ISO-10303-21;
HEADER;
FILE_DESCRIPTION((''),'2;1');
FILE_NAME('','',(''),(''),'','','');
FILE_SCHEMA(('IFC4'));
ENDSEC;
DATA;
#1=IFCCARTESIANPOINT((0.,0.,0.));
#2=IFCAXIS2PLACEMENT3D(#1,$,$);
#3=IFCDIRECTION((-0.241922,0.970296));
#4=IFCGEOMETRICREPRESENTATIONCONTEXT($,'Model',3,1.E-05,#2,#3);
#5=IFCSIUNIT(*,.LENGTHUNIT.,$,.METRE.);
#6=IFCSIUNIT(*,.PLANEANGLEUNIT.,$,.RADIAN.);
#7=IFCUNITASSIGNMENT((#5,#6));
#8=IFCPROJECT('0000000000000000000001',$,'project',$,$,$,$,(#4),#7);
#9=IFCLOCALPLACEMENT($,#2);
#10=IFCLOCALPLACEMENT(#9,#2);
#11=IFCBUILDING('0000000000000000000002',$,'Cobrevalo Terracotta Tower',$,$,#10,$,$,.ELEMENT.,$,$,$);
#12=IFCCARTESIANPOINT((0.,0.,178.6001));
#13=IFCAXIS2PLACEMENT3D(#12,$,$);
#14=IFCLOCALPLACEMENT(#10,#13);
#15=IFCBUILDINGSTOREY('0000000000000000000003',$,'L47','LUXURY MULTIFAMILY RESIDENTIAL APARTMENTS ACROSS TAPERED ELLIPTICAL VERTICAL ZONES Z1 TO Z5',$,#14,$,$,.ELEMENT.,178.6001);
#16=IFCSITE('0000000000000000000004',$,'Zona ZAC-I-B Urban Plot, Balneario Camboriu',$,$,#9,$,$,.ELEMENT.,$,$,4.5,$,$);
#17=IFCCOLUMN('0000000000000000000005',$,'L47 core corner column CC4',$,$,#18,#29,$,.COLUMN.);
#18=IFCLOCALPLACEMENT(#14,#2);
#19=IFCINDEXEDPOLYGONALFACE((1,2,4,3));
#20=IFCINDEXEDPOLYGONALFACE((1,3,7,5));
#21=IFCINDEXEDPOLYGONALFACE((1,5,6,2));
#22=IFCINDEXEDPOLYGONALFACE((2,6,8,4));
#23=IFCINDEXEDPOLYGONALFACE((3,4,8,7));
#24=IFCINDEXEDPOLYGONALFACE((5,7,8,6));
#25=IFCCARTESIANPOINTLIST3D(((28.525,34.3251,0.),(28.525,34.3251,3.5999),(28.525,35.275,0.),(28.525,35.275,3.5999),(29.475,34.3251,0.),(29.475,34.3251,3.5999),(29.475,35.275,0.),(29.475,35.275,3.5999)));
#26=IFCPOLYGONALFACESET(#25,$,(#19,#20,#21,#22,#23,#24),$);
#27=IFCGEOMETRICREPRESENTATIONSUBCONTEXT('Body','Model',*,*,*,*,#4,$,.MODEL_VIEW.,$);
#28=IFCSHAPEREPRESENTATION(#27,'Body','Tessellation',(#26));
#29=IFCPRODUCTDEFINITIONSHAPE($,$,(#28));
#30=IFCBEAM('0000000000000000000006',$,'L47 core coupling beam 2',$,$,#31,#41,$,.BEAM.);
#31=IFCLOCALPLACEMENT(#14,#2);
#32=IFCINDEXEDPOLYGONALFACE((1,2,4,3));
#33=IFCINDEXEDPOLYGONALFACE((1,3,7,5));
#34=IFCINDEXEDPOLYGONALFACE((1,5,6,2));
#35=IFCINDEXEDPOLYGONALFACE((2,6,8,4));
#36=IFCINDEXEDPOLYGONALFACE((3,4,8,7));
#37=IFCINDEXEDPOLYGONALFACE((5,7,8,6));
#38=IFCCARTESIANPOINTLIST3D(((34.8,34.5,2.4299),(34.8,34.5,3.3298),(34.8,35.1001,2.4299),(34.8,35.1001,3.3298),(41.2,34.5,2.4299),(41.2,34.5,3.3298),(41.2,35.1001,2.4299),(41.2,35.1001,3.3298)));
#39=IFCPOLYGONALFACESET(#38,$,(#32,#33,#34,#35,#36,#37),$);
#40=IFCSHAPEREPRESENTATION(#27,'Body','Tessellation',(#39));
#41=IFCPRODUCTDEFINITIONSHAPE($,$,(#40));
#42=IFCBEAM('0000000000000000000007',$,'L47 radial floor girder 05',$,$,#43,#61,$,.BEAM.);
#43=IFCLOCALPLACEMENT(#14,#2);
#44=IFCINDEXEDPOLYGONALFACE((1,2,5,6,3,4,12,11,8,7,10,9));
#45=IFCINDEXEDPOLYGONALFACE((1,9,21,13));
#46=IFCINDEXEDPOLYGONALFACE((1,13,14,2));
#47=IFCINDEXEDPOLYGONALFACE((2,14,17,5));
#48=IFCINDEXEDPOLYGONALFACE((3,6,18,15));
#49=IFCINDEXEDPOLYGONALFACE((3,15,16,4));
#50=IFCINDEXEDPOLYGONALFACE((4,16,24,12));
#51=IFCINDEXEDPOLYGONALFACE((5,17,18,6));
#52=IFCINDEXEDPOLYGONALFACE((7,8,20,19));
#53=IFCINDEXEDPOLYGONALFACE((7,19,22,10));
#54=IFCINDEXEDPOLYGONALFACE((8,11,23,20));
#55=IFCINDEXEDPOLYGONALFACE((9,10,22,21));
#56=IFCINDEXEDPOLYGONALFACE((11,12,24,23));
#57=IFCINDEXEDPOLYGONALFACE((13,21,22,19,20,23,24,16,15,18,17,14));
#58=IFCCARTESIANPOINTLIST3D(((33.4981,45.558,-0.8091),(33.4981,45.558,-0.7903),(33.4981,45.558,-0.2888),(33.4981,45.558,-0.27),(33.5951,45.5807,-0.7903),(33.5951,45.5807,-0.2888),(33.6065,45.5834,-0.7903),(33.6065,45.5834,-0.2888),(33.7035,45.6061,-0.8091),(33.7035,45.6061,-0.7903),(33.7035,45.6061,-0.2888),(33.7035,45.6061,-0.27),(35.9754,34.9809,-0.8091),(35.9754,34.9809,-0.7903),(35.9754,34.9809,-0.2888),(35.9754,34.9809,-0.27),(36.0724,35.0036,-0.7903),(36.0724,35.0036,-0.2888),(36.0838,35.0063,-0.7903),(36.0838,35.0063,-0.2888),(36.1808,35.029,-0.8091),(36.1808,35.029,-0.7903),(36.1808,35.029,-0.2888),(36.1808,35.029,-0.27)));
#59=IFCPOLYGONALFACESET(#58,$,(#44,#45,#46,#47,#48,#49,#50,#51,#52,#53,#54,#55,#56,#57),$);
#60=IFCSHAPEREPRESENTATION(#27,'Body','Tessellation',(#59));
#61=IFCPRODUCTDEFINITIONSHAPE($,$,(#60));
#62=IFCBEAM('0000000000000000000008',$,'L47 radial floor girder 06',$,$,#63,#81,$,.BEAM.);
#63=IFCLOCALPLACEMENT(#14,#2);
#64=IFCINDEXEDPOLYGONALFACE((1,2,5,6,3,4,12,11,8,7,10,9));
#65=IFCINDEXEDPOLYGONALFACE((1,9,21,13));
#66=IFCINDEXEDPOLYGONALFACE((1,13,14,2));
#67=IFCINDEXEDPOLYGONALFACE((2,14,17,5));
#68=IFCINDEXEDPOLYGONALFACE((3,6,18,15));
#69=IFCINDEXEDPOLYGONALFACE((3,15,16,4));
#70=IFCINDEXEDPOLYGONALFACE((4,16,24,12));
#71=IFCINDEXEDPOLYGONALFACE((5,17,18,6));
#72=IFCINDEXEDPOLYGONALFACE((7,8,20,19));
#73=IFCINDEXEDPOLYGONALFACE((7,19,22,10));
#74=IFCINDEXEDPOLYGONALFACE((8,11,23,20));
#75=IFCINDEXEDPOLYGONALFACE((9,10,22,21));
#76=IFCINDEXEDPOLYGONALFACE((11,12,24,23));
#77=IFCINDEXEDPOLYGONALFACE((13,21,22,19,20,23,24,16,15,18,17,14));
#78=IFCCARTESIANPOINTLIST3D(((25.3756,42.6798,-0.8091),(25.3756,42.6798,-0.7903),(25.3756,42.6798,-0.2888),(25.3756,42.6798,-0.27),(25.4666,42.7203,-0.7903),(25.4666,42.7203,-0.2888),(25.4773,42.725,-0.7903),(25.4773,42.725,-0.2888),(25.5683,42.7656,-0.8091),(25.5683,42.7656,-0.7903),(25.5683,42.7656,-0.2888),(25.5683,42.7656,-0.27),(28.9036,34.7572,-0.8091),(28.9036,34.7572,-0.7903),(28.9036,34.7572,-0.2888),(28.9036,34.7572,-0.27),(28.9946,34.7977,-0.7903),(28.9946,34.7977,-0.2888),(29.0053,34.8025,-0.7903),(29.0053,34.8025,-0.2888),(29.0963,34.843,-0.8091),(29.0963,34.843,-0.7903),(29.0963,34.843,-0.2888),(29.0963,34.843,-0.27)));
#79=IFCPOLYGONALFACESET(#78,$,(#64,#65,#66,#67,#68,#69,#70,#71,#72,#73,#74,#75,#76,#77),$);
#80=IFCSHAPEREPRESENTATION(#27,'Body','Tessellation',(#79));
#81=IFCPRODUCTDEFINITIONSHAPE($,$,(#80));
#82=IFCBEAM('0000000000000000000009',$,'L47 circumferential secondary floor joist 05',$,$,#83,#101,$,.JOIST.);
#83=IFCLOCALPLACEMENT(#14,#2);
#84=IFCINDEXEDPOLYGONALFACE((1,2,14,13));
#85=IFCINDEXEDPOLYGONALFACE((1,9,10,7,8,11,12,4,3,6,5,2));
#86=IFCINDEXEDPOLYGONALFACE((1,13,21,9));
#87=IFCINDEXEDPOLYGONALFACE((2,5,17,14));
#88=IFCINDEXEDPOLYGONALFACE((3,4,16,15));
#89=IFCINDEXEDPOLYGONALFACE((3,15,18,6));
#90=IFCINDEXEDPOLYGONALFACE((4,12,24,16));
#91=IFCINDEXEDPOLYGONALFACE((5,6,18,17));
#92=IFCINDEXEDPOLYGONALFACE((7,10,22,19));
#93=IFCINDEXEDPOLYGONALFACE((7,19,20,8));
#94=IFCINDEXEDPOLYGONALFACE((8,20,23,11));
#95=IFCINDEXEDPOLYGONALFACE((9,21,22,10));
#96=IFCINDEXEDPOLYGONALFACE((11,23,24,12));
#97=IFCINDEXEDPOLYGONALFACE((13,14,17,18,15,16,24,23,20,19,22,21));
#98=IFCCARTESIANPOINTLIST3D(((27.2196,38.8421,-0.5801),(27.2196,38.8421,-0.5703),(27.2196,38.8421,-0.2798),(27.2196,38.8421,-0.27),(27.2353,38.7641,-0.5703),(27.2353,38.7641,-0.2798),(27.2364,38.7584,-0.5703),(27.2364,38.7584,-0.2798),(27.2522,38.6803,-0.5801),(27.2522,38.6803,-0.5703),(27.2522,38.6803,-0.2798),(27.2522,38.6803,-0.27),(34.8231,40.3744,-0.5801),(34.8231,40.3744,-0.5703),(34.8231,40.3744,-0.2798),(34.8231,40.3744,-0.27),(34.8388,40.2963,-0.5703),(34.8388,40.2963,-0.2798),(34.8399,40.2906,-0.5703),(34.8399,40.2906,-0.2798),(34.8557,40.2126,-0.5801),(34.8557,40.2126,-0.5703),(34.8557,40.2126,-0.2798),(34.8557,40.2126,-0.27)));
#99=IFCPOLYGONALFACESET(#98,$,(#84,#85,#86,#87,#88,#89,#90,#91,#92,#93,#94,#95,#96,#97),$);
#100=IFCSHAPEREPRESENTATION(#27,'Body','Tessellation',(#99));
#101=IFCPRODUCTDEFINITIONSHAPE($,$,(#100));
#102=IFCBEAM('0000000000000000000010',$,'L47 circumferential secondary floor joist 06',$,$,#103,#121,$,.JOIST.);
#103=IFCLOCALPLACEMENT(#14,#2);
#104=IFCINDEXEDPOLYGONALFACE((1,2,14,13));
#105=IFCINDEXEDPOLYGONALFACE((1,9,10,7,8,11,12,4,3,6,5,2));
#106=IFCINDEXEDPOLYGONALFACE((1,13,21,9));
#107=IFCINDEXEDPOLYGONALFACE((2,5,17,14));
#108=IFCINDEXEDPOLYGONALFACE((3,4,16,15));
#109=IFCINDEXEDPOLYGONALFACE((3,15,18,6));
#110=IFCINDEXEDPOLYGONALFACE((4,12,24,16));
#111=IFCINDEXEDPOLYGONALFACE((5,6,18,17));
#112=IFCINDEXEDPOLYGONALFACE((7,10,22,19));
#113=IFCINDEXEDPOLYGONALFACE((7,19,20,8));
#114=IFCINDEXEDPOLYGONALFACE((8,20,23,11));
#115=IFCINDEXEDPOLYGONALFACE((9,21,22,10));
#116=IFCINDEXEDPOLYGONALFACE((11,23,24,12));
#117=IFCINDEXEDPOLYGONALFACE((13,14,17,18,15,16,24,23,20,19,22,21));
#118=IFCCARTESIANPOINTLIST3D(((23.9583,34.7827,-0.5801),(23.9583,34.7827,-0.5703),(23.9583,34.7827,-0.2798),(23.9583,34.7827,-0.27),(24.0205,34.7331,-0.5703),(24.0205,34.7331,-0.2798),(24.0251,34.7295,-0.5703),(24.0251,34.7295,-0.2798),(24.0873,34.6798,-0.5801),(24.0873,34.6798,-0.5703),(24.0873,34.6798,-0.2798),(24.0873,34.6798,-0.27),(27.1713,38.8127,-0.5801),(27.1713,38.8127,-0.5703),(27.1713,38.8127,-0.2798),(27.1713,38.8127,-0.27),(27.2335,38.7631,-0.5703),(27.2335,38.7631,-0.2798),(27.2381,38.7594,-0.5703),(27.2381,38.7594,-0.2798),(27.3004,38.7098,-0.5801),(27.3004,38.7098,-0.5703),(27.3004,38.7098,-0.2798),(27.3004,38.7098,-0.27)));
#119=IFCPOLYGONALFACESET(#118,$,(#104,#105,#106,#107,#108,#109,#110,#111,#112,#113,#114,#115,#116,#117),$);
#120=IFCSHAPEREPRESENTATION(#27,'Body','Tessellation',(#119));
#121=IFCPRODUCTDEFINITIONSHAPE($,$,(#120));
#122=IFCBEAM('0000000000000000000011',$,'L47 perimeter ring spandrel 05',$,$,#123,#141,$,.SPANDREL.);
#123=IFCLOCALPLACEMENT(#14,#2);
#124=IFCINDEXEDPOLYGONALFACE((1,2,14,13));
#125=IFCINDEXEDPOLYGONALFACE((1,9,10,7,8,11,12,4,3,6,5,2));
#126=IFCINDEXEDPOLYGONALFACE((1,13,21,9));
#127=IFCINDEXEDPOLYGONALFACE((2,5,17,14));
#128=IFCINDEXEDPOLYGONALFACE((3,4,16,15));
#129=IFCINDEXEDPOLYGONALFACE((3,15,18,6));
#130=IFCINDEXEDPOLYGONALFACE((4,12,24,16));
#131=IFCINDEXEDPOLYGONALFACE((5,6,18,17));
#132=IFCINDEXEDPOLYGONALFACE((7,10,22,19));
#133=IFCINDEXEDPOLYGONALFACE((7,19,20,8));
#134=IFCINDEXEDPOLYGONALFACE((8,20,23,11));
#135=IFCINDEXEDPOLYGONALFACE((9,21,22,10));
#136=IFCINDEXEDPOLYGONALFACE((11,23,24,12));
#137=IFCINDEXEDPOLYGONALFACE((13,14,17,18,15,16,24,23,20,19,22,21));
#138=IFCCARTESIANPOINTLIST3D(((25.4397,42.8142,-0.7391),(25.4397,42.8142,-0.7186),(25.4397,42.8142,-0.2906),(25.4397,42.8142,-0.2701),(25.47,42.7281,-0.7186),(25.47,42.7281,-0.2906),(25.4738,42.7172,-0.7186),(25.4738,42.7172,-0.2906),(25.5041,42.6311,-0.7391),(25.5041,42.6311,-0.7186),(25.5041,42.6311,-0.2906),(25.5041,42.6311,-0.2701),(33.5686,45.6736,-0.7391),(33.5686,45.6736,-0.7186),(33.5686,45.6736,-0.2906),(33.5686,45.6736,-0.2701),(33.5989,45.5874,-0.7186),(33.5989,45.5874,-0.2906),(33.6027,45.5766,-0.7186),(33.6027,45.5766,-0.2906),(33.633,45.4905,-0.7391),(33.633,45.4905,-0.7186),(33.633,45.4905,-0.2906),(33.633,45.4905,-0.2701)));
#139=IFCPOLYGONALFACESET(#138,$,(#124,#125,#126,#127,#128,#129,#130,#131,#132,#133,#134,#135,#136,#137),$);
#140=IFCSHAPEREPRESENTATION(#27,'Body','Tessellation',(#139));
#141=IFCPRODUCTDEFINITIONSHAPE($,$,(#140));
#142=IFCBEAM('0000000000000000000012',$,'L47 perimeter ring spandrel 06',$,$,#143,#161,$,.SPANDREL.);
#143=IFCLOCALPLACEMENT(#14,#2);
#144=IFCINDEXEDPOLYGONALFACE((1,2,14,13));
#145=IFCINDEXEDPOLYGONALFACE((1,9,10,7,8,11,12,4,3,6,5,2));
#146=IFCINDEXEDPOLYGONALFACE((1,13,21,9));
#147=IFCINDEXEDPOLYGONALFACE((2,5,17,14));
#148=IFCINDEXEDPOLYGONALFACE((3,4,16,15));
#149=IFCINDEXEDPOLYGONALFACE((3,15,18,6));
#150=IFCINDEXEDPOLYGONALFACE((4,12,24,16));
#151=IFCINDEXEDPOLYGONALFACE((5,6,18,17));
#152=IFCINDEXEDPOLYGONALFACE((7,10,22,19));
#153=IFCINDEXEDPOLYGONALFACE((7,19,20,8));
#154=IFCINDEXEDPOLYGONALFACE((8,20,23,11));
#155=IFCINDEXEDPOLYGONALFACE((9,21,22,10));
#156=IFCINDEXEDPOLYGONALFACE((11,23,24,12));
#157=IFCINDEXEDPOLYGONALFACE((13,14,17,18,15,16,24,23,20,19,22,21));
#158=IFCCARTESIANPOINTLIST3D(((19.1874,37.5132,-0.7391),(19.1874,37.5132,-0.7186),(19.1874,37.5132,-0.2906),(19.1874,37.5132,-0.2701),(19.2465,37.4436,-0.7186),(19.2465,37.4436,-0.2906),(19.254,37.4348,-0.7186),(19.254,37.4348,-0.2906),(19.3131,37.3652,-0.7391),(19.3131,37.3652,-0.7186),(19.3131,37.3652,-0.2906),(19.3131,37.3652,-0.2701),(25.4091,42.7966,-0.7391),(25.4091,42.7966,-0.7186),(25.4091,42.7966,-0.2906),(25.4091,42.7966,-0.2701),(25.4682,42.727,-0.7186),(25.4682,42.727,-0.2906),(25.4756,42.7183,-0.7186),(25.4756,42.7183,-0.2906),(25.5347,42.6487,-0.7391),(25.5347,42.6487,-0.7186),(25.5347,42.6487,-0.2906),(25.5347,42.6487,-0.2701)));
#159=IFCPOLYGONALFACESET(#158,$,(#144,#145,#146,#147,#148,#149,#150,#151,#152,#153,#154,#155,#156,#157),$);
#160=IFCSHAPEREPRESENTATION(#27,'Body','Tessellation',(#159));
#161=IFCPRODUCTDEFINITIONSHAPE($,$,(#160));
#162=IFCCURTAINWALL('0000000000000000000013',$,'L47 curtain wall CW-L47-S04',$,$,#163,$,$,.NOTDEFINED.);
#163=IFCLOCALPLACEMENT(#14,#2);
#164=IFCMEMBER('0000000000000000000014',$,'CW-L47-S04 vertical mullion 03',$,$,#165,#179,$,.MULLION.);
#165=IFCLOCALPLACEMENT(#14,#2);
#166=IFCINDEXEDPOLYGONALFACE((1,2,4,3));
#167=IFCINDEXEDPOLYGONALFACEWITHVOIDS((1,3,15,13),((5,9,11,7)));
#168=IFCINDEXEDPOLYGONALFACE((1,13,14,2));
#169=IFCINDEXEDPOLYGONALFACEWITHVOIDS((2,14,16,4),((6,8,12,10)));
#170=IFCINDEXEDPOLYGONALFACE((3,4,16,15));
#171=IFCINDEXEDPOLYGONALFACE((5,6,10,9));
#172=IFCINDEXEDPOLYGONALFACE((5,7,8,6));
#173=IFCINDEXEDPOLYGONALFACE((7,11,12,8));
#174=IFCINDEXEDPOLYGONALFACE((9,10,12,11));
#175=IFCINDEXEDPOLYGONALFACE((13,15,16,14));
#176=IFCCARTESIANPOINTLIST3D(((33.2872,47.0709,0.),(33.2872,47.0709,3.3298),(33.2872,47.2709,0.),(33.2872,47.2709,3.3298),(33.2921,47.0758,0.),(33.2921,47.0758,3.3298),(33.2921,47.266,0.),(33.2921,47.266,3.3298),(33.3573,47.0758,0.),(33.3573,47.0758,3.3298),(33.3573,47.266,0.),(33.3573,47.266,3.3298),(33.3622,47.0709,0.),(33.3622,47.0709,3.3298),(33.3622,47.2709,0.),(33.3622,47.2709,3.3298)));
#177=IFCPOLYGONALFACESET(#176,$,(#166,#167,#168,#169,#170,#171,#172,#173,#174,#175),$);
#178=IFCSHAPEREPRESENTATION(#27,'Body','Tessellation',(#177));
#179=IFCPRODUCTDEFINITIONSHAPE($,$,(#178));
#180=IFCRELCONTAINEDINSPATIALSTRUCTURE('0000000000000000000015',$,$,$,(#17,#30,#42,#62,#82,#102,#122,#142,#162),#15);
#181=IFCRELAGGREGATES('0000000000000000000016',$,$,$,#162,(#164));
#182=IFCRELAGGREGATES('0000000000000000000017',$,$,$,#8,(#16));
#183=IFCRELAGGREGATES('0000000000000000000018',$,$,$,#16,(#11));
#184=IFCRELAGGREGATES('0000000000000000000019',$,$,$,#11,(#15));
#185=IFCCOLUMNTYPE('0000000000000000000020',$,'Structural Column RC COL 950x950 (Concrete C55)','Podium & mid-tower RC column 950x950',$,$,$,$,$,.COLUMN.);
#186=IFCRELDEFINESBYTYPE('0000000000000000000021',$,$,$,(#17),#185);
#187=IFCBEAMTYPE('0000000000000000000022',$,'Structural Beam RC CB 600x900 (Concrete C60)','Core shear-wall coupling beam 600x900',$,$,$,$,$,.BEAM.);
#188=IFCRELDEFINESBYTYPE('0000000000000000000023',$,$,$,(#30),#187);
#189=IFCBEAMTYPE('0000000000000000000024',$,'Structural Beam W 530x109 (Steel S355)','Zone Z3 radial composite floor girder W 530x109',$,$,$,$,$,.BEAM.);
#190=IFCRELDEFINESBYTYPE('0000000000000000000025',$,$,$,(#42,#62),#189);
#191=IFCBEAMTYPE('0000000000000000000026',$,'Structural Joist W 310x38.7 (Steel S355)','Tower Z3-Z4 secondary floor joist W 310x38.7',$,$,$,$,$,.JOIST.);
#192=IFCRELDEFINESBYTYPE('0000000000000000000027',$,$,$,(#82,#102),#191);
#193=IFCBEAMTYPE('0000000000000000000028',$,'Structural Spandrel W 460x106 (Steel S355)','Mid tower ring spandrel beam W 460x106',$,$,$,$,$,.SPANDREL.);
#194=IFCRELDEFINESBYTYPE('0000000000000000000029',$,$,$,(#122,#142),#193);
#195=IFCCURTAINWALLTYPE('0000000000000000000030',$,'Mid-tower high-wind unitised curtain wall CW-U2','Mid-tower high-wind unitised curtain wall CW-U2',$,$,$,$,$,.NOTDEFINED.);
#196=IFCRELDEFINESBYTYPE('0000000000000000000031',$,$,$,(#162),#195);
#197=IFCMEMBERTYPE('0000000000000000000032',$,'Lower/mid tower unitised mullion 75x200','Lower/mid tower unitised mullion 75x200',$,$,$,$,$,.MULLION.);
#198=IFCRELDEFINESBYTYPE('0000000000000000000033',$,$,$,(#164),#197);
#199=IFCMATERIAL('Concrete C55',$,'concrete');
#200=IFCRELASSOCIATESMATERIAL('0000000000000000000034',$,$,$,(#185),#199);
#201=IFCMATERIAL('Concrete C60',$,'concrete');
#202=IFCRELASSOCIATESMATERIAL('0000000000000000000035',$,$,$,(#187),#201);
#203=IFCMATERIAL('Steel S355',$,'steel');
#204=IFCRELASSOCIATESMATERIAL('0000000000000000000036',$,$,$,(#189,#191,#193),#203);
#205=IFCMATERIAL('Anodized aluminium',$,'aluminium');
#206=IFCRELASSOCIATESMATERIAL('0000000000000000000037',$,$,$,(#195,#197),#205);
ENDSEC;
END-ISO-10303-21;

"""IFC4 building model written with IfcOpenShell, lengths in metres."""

from ifc_helpers import new_model, si_unit, direction, frame, origin, origin_2d, place, context, subcontext, project, spatial, rectangle, hollow_rectangle, i_section, extrude, source, transform, mapped, material, material_profile, profile_set, type_object, element, aggregate, save


model = new_model("IFC4")

# Units and contexts
model_context = context("Model", 3, precision=1e-05, world=origin(), true_north=direction((-0.241922, 0.970296)))
body_context = subcontext(model_context, "Body", "Model", "MODEL_VIEW")
ifc_project = project(units=[si_unit("LENGTHUNIT", "METRE"), si_unit("PLANEANGLEUNIT", "RADIAN")], contexts=[model_context])

# Site, building, storey
site_placement = place(None, origin())
site = spatial("IfcSite", under=ifc_project, at=site_placement, Name="Zona ZAC-I-B Urban Plot, Balneario Camboriu", CompositionType="ELEMENT", RefElevation=4.5)
building_placement = place(site_placement, origin())
building = spatial("IfcBuilding", under=site, at=building_placement, Name="Cobrevalo Terracotta Tower", CompositionType="ELEMENT")
storey_placement = place(building_placement, frame((0.0, 0.0, 178.6001)))
storey = spatial("IfcBuildingStorey", under=building, at=storey_placement, Name="L47", Description="LUXURY MULTIFAMILY RESIDENTIAL APARTMENTS ACROSS TAPERED ELLIPTICAL VERTICAL ZONES Z1 TO Z5", CompositionType="ELEMENT", Elevation=178.6001)

# Column
ifc_material_1 = material(Name="Steel S355", Category="steel")
ifc_material_2 = material(Name="Concrete C55", Category="concrete")
ifc_material_profile_1 = material_profile(ifc_material_2, rectangle(XDim=0.95, YDim=0.95, at=origin_2d()), Name="RC COL 950x950")
ifc_profile_set_1 = profile_set([ifc_material_profile_1], Name="Concrete C55")
column_type_1 = type_object("IfcColumnType", Name="Structural Column RC COL 950x950 (Concrete C55)", Description="Podium & mid-tower RC column 950x950", PredefinedType="COLUMN", material=ifc_profile_set_1)
column_placement = place(storey_placement, frame((29.0, 34.8, 0.0), z_axis=(0.0, 0.0, 1.0), x_axis=(1.0, 0.0, 0.0)))
element("IfcColumn", 1, at=column_placement, inside=storey, type_object=column_type_1, Name="L47 core corner column CC4", PredefinedType="COLUMN", context=body_context, shape_type="SweptSolid", body=[
    extrude(rectangle(XDim=0.95, YDim=0.95, at=origin_2d()), origin(), (0.0, 0.0, 1.0), 3.5999),
])

# Beams
ifc_material_3 = material(Name="Concrete C60", Category="concrete")
ifc_material_profile_2 = material_profile(ifc_material_3, rectangle(XDim=0.6001, YDim=0.8999, at=origin_2d()), Name="RC CB 600x900")
ifc_profile_set_2 = profile_set([ifc_material_profile_2], Name="Concrete C60")
beam_type_1 = type_object("IfcBeamType", Name="Structural Beam RC CB 600x900 (Concrete C60)", Description="Core shear-wall coupling beam 600x900", PredefinedType="BEAM", material=ifc_profile_set_2)
beam_1_placement = place(storey_placement, frame((34.8, 34.8, 2.8799), z_axis=(1.0, 0.0, 0.0), x_axis=(0.0, 1.0, 0.0)))
element("IfcBeam", 2, at=beam_1_placement, inside=storey, type_object=beam_type_1, Name="L47 core coupling beam 2", PredefinedType="BEAM", context=body_context, shape_type="SweptSolid", body=[
    extrude(rectangle(XDim=0.6001, YDim=0.8999, at=origin_2d()), origin(), (0.0, 0.0, 1.0), 6.3999),
])
ifc_material_profile_3 = material_profile(ifc_material_1, i_section(OverallWidth=0.2109, OverallDepth=0.5391, WebThickness=0.0117, FlangeThickness=0.0188, at=origin_2d()), Name="W 530x109")
ifc_profile_set_3 = profile_set([ifc_material_profile_3], Name="Steel S355")
beam_type_2 = type_object("IfcBeamType", Name="Structural Beam W 530x109 (Steel S355)", Description="Zone Z3 radial composite floor girder W 530x109", PredefinedType="BEAM", material=ifc_profile_set_3)
beam_2_placement = place(storey_placement, frame((33.6008, 45.582, -0.5396), z_axis=(0.228041, -0.973652, 0.0), x_axis=(0.973652, 0.228041, 0.0)))
element("IfcBeam", 3, at=beam_2_placement, inside=storey, type_object=beam_type_2, Name="L47 radial floor girder 05", PredefinedType="BEAM", context=body_context, shape_type="SweptSolid", body=[
    extrude(i_section(OverallWidth=0.2109, OverallDepth=0.5391, WebThickness=0.0117, FlangeThickness=0.0188, at=origin_2d()), origin(), (0.0, 0.0, 1.0), 10.8633),
])
beam_3_placement = place(storey_placement, frame((25.4719, 42.7227, -0.5396), z_axis=(0.406804, -0.913515, 0.0), x_axis=(0.913515, 0.406804, 0.0)))
element("IfcBeam", 4, at=beam_3_placement, inside=storey, type_object=beam_type_2, Name="L47 radial floor girder 06", PredefinedType="BEAM", context=body_context, shape_type="SweptSolid", body=[
    extrude(i_section(OverallWidth=0.2109, OverallDepth=0.5391, WebThickness=0.0117, FlangeThickness=0.0188, at=origin_2d()), origin(), (0.0, 0.0, 1.0), 8.6726),
])
ifc_material_profile_4 = material_profile(ifc_material_1, i_section(OverallWidth=0.165, OverallDepth=0.3101, WebThickness=0.0059, FlangeThickness=0.0098, at=origin_2d()), Name="W 310x38.7")
ifc_profile_set_4 = profile_set([ifc_material_profile_4], Name="Steel S355")
beam_type_3 = type_object("IfcBeamType", Name="Structural Joist W 310x38.7 (Steel S355)", Description="Tower Z3-Z4 secondary floor joist W 310x38.7", PredefinedType="JOIST", material=ifc_profile_set_4)
beam_4_placement = place(storey_placement, frame((34.8394, 40.2935, -0.425), z_axis=(-0.980294, -0.197544, 0.0), x_axis=(0.197544, -0.980294, 0.0)))
element("IfcBeam", 5, at=beam_4_placement, inside=storey, type_object=beam_type_3, Name="L47 circumferential secondary floor joist 05", PredefinedType="JOIST", context=body_context, shape_type="SweptSolid", body=[
    extrude(i_section(OverallWidth=0.165, OverallDepth=0.3101, WebThickness=0.0059, FlangeThickness=0.0098, at=origin_2d()), origin(), (0.0, 0.0, 1.0), 7.7563),
])
beam_5_placement = place(storey_placement, frame((27.2358, 38.7612, -0.425), z_axis=(-0.623406, -0.781898, 0.0), x_axis=(0.781898, -0.623406, 0.0)))
element("IfcBeam", 6, at=beam_5_placement, inside=storey, type_object=beam_type_3, Name="L47 circumferential secondary floor joist 06", PredefinedType="JOIST", context=body_context, shape_type="SweptSolid", body=[
    extrude(i_section(OverallWidth=0.165, OverallDepth=0.3101, WebThickness=0.0059, FlangeThickness=0.0098, at=origin_2d()), origin(), (0.0, 0.0, 1.0), 5.1541),
])
ifc_material_profile_5 = material_profile(ifc_material_1, i_section(OverallWidth=0.1941, OverallDepth=0.469, WebThickness=0.0115, FlangeThickness=0.0205, at=origin_2d()), Name="W 460x106")
ifc_profile_set_5 = profile_set([ifc_material_profile_5], Name="Steel S355")
beam_type_4 = type_object("IfcBeamType", Name="Structural Spandrel W 460x106 (Steel S355)", Description="Mid tower ring spandrel beam W 460x106", PredefinedType="SPANDREL", material=ifc_profile_set_5)
beam_6_placement = place(storey_placement, frame((33.6008, 45.582, -0.5046), z_axis=(-0.943341, -0.331824, 0.0), x_axis=(0.331824, -0.943341, 0.0)))
element("IfcBeam", 7, at=beam_6_placement, inside=storey, type_object=beam_type_4, Name="L47 perimeter ring spandrel 05", PredefinedType="SPANDREL", context=body_context, shape_type="SweptSolid", body=[
    extrude(i_section(OverallWidth=0.1941, OverallDepth=0.469, WebThickness=0.0115, FlangeThickness=0.0205, at=origin_2d()), origin(), (0.0, 0.0, 1.0), 8.6172),
])
beam_7_placement = place(storey_placement, frame((25.4719, 42.7227, -0.5046), z_axis=(-0.76224, -0.647294, 0.0), x_axis=(0.647294, -0.76224, 0.0)))
element("IfcBeam", 8, at=beam_7_placement, inside=storey, type_object=beam_type_4, Name="L47 perimeter ring spandrel 06", PredefinedType="SPANDREL", context=body_context, shape_type="SweptSolid", body=[
    extrude(i_section(OverallWidth=0.1941, OverallDepth=0.469, WebThickness=0.0115, FlangeThickness=0.0205, at=origin_2d()), origin(), (0.0, 0.0, 1.0), 8.1624),
])

# Curtain wall, member
ifc_material_4 = material(Name="Anodized aluminium", Category="aluminium")
curtain_wall_type = type_object("IfcCurtainWallType", Name="Mid-tower high-wind unitised curtain wall CW-U2", Description="Mid-tower high-wind unitised curtain wall CW-U2", PredefinedType="NOTDEFINED", material=ifc_material_4)
curtain_wall_1_placement = place(storey_placement, origin())
curtain_wall_1 = element("IfcCurtainWall", 9, at=curtain_wall_1_placement, inside=storey, type_object=curtain_wall_type, Name="L47 curtain wall CW-L47-S04", PredefinedType="NOTDEFINED")
ifc_material_profile_6 = material_profile(ifc_material_4, hollow_rectangle(XDim=0.075, YDim=0.2, WallThickness=0.0049, at=origin_2d()), Name="CWM 75x200")
ifc_profile_set_6 = profile_set([ifc_material_profile_6], Name="Anodized aluminium")
member_type = type_object("IfcMemberType", Name="Lower/mid tower unitised mullion 75x200", Description="Lower/mid tower unitised mullion 75x200", PredefinedType="MULLION", material=ifc_profile_set_6)
shared_shape_1 = source(origin(), body_context, "Body", "SweptSolid", [
    extrude(hollow_rectangle(XDim=0.075, YDim=0.2, WallThickness=0.0049, at=origin_2d()), origin(), (0.0, 0.0, 1.0), 3.3298),
])
member_1_placement = place(storey_placement, frame((33.3247, 47.1709, 0.0), z_axis=(0.0, 0.0, 1.0), x_axis=(-1.0, 0.0, 0.0)))
member_1 = element("IfcMember", 10, at=member_1_placement, type_object=member_type, Name="CW-L47-S04 vertical mullion 03", PredefinedType="MULLION", context=body_context, shape_type="MappedRepresentation", body=[
    mapped(shared_shape_1, transform((0.0, 0.0, 0.0), scale=1.0)),
])
aggregate(curtain_wall_1, [member_1])

save(model, "model.ifc")
